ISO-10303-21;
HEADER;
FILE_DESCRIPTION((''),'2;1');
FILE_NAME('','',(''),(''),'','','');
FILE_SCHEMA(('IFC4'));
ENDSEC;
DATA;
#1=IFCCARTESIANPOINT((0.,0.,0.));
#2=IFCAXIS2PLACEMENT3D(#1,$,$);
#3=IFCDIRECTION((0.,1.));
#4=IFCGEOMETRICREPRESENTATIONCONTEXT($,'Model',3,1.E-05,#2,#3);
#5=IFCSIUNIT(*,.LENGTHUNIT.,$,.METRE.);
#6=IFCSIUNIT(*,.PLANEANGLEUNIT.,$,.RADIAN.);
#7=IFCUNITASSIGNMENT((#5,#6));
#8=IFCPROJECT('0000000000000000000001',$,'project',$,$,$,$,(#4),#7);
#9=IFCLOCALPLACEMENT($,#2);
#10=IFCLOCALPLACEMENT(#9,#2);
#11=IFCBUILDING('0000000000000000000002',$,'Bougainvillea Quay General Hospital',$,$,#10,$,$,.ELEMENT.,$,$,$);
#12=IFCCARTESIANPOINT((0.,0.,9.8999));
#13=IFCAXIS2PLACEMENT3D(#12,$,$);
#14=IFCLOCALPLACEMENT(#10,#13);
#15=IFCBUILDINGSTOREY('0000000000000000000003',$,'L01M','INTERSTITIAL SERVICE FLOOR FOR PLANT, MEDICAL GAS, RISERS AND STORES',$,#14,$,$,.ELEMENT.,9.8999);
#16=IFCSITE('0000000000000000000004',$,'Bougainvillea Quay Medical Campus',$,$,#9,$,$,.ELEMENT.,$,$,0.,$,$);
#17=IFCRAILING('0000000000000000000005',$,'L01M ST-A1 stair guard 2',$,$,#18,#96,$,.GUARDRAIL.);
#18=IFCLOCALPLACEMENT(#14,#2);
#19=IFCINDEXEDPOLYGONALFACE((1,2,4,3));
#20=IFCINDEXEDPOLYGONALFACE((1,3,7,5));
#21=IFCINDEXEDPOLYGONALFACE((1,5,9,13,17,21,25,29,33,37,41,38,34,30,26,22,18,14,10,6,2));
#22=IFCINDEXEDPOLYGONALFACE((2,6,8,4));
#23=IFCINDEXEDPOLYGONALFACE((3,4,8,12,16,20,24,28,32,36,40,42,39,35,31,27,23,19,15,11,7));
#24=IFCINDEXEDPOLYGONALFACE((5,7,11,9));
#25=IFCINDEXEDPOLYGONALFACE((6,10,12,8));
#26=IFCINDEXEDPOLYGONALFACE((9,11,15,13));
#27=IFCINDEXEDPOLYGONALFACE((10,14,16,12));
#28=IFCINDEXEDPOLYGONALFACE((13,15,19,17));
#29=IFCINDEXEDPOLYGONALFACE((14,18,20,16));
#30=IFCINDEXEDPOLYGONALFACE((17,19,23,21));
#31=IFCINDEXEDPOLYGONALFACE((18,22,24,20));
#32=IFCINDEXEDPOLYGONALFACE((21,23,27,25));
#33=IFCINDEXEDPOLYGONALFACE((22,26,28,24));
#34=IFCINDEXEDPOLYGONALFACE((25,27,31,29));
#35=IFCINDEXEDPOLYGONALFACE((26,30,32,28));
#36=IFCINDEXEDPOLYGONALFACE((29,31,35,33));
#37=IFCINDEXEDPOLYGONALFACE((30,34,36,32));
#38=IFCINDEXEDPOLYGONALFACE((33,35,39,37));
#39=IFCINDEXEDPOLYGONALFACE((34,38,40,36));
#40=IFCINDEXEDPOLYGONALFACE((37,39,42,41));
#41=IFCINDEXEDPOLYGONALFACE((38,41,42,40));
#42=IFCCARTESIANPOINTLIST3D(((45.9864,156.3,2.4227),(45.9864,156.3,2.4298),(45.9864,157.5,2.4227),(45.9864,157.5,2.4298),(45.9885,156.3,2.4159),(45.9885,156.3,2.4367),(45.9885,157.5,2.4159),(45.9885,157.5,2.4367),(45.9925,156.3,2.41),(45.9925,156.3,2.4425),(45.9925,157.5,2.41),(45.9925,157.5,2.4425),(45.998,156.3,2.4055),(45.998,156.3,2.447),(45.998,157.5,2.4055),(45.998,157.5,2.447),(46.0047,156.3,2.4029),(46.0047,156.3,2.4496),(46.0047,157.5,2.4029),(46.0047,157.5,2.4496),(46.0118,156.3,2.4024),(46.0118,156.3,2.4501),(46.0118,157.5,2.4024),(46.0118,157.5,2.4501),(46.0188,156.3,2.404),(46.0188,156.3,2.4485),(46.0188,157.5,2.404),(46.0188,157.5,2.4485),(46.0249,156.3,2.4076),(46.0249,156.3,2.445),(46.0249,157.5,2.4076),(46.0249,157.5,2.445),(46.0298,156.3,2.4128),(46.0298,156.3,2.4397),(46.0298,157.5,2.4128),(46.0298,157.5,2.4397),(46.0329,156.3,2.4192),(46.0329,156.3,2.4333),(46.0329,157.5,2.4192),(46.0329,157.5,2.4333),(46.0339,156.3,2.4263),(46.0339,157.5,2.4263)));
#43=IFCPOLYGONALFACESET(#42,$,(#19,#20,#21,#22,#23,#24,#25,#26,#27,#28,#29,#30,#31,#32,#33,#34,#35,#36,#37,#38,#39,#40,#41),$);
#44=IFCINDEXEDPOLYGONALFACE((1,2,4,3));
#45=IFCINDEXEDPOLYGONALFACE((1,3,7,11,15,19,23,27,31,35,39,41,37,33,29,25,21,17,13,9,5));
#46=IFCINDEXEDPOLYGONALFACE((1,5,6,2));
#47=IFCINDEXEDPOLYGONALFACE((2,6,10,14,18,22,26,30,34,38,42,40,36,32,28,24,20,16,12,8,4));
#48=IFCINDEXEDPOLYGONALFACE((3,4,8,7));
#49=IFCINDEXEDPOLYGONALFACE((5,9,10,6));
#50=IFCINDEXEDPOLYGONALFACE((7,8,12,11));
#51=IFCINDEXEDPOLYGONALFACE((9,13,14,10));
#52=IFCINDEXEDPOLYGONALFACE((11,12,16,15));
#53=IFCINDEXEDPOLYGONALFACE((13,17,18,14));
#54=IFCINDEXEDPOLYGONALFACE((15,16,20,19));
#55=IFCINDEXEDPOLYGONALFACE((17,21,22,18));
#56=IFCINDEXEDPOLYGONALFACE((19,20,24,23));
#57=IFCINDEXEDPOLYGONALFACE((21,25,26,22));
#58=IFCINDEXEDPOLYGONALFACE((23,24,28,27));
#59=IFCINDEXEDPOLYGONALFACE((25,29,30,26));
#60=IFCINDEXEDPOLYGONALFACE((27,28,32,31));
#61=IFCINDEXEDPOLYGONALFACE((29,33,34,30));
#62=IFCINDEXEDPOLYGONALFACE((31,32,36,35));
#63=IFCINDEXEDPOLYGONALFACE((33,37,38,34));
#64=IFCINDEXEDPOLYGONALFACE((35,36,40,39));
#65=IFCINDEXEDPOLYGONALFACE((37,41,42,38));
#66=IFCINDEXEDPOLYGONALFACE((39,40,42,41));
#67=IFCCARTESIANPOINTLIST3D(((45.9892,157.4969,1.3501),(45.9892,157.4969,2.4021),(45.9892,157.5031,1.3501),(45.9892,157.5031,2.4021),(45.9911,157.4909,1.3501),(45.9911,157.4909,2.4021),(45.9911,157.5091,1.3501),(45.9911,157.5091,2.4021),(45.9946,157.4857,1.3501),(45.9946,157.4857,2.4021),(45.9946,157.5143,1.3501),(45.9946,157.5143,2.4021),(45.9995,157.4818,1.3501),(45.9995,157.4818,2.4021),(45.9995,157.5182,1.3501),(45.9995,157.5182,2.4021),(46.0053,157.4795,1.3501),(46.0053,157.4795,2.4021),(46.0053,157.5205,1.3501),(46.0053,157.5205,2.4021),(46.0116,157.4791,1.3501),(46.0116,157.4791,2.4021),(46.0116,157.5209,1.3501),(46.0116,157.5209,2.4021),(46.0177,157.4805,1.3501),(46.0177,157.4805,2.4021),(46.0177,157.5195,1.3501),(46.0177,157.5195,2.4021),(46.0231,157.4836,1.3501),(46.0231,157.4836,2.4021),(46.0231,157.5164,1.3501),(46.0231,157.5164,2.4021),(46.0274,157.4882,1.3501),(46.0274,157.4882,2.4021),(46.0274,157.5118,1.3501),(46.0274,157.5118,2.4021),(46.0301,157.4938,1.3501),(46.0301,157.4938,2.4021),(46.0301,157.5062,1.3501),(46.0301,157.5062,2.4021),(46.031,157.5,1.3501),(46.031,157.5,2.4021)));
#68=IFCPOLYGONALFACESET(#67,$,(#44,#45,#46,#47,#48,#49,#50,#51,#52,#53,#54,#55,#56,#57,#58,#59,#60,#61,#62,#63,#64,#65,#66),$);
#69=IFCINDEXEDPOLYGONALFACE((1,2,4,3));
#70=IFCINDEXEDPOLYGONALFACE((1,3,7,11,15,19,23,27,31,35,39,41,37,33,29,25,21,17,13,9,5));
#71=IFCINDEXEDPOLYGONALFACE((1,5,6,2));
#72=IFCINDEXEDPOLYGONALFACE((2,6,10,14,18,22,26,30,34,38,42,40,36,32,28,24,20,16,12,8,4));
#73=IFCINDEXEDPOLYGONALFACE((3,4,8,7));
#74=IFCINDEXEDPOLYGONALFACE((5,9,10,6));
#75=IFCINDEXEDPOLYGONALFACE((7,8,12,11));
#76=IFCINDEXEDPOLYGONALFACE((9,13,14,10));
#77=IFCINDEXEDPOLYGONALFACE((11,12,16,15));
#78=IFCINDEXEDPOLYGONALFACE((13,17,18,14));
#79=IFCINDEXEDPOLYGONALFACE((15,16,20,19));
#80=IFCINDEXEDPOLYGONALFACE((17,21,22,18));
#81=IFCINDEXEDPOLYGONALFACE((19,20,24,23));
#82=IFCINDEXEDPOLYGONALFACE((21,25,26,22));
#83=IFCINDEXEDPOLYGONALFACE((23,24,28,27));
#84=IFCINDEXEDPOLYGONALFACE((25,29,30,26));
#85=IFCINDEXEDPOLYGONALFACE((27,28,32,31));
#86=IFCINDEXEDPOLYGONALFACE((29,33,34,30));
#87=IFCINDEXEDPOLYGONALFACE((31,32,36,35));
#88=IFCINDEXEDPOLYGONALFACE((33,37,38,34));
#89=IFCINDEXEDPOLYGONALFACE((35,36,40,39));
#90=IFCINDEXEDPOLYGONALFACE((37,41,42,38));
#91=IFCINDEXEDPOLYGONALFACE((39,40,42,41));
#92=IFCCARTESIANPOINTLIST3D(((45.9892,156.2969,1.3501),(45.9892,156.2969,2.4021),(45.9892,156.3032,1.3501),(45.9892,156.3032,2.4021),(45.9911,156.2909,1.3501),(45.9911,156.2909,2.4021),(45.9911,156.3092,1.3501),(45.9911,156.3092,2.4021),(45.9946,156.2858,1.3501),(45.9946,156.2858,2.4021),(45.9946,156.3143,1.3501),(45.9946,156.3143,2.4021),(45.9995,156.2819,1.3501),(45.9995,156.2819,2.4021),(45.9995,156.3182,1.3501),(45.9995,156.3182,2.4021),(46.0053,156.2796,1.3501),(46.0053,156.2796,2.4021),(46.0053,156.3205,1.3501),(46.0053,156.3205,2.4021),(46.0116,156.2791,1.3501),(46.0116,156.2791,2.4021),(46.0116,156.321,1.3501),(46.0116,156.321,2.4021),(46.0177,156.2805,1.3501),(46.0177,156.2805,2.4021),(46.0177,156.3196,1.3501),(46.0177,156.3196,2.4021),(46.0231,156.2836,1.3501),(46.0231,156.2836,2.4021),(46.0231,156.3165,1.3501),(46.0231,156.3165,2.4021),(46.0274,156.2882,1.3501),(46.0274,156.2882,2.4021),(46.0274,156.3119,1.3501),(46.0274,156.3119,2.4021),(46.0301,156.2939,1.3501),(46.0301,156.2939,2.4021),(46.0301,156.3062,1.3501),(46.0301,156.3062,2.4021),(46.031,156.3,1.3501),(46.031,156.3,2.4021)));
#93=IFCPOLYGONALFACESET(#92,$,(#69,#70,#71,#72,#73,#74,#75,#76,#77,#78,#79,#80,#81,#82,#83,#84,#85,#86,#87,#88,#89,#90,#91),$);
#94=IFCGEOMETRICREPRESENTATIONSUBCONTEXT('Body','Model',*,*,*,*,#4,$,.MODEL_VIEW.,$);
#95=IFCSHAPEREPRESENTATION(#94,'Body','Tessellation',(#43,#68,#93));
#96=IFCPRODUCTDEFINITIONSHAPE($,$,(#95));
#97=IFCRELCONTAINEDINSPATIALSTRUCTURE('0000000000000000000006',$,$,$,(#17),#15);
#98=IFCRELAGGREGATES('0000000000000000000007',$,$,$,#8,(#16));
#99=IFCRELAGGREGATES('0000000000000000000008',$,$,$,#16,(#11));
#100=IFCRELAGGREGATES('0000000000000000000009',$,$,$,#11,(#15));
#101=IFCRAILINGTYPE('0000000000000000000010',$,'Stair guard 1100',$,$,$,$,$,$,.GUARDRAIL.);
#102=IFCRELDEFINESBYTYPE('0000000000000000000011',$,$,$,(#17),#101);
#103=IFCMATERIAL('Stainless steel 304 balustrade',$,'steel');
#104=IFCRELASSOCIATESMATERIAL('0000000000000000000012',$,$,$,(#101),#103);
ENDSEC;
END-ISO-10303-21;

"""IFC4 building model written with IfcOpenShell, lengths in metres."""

from ifc_helpers import new_model, si_unit, direction, frame, origin, origin_2d, place, context, subcontext, project, spatial, circle, extrude, material, type_object, element, save


model = new_model("IFC4")

# Units and contexts
model_context = context("Model", 3, precision=1e-05, world=origin(), true_north=direction((0.0, 1.0)))
body_context = subcontext(model_context, "Body", "Model", "MODEL_VIEW")
ifc_project = project(units=[si_unit("LENGTHUNIT", "METRE"), si_unit("PLANEANGLEUNIT", "RADIAN")], contexts=[model_context])

# Site, building, storey
site_placement = place(None, origin())
site = spatial("IfcSite", under=ifc_project, at=site_placement, Name="Bougainvillea Quay Medical Campus", CompositionType="ELEMENT", RefElevation=0.0)
building_placement = place(site_placement, origin())
building = spatial("IfcBuilding", under=site, at=building_placement, Name="Bougainvillea Quay General Hospital", CompositionType="ELEMENT")
storey_placement = place(building_placement, frame((0.0, 0.0, 9.8999)))
storey = spatial("IfcBuildingStorey", under=building, at=storey_placement, Name="L01M", Description="INTERSTITIAL SERVICE FLOOR FOR PLANT, MEDICAL GAS, RISERS AND STORES", CompositionType="ELEMENT", Elevation=9.8999)

# Railing
ifc_material_1 = material(Name="Stainless steel 304 balustrade", Category="steel")
railing_type_1 = type_object("IfcRailingType", Name="Stair guard 1100", PredefinedType="GUARDRAIL", material=ifc_material_1)
railing_1_placement = place(storey_placement, frame((46.01, 157.5, 1.3501)))
element("IfcRailing", 1, at=railing_1_placement, inside=storey, type_object=railing_type_1, Name="L01M ST-A1 stair guard 2", PredefinedType="GUARDRAIL", context=body_context, shape_type="SweptSolid", body=[
    extrude(circle(Radius=0.0239, at=origin_2d()), frame((0.0, 0.0, 1.0762), z_axis=(0.0, -1.0, 0.0), x_axis=(1.0, 0.0, 0.0)), (0.0, 0.0, 1.0), 1.2),
    extrude(circle(Radius=0.021, at=origin_2d()), origin(), (0.0, 0.0, 1.0), 1.052),
    extrude(circle(Radius=0.021, at=origin_2d()), frame((0.0, -1.2, 0.0)), (0.0, 0.0, 1.0), 1.052),
])

save(model, "model.ifc")
